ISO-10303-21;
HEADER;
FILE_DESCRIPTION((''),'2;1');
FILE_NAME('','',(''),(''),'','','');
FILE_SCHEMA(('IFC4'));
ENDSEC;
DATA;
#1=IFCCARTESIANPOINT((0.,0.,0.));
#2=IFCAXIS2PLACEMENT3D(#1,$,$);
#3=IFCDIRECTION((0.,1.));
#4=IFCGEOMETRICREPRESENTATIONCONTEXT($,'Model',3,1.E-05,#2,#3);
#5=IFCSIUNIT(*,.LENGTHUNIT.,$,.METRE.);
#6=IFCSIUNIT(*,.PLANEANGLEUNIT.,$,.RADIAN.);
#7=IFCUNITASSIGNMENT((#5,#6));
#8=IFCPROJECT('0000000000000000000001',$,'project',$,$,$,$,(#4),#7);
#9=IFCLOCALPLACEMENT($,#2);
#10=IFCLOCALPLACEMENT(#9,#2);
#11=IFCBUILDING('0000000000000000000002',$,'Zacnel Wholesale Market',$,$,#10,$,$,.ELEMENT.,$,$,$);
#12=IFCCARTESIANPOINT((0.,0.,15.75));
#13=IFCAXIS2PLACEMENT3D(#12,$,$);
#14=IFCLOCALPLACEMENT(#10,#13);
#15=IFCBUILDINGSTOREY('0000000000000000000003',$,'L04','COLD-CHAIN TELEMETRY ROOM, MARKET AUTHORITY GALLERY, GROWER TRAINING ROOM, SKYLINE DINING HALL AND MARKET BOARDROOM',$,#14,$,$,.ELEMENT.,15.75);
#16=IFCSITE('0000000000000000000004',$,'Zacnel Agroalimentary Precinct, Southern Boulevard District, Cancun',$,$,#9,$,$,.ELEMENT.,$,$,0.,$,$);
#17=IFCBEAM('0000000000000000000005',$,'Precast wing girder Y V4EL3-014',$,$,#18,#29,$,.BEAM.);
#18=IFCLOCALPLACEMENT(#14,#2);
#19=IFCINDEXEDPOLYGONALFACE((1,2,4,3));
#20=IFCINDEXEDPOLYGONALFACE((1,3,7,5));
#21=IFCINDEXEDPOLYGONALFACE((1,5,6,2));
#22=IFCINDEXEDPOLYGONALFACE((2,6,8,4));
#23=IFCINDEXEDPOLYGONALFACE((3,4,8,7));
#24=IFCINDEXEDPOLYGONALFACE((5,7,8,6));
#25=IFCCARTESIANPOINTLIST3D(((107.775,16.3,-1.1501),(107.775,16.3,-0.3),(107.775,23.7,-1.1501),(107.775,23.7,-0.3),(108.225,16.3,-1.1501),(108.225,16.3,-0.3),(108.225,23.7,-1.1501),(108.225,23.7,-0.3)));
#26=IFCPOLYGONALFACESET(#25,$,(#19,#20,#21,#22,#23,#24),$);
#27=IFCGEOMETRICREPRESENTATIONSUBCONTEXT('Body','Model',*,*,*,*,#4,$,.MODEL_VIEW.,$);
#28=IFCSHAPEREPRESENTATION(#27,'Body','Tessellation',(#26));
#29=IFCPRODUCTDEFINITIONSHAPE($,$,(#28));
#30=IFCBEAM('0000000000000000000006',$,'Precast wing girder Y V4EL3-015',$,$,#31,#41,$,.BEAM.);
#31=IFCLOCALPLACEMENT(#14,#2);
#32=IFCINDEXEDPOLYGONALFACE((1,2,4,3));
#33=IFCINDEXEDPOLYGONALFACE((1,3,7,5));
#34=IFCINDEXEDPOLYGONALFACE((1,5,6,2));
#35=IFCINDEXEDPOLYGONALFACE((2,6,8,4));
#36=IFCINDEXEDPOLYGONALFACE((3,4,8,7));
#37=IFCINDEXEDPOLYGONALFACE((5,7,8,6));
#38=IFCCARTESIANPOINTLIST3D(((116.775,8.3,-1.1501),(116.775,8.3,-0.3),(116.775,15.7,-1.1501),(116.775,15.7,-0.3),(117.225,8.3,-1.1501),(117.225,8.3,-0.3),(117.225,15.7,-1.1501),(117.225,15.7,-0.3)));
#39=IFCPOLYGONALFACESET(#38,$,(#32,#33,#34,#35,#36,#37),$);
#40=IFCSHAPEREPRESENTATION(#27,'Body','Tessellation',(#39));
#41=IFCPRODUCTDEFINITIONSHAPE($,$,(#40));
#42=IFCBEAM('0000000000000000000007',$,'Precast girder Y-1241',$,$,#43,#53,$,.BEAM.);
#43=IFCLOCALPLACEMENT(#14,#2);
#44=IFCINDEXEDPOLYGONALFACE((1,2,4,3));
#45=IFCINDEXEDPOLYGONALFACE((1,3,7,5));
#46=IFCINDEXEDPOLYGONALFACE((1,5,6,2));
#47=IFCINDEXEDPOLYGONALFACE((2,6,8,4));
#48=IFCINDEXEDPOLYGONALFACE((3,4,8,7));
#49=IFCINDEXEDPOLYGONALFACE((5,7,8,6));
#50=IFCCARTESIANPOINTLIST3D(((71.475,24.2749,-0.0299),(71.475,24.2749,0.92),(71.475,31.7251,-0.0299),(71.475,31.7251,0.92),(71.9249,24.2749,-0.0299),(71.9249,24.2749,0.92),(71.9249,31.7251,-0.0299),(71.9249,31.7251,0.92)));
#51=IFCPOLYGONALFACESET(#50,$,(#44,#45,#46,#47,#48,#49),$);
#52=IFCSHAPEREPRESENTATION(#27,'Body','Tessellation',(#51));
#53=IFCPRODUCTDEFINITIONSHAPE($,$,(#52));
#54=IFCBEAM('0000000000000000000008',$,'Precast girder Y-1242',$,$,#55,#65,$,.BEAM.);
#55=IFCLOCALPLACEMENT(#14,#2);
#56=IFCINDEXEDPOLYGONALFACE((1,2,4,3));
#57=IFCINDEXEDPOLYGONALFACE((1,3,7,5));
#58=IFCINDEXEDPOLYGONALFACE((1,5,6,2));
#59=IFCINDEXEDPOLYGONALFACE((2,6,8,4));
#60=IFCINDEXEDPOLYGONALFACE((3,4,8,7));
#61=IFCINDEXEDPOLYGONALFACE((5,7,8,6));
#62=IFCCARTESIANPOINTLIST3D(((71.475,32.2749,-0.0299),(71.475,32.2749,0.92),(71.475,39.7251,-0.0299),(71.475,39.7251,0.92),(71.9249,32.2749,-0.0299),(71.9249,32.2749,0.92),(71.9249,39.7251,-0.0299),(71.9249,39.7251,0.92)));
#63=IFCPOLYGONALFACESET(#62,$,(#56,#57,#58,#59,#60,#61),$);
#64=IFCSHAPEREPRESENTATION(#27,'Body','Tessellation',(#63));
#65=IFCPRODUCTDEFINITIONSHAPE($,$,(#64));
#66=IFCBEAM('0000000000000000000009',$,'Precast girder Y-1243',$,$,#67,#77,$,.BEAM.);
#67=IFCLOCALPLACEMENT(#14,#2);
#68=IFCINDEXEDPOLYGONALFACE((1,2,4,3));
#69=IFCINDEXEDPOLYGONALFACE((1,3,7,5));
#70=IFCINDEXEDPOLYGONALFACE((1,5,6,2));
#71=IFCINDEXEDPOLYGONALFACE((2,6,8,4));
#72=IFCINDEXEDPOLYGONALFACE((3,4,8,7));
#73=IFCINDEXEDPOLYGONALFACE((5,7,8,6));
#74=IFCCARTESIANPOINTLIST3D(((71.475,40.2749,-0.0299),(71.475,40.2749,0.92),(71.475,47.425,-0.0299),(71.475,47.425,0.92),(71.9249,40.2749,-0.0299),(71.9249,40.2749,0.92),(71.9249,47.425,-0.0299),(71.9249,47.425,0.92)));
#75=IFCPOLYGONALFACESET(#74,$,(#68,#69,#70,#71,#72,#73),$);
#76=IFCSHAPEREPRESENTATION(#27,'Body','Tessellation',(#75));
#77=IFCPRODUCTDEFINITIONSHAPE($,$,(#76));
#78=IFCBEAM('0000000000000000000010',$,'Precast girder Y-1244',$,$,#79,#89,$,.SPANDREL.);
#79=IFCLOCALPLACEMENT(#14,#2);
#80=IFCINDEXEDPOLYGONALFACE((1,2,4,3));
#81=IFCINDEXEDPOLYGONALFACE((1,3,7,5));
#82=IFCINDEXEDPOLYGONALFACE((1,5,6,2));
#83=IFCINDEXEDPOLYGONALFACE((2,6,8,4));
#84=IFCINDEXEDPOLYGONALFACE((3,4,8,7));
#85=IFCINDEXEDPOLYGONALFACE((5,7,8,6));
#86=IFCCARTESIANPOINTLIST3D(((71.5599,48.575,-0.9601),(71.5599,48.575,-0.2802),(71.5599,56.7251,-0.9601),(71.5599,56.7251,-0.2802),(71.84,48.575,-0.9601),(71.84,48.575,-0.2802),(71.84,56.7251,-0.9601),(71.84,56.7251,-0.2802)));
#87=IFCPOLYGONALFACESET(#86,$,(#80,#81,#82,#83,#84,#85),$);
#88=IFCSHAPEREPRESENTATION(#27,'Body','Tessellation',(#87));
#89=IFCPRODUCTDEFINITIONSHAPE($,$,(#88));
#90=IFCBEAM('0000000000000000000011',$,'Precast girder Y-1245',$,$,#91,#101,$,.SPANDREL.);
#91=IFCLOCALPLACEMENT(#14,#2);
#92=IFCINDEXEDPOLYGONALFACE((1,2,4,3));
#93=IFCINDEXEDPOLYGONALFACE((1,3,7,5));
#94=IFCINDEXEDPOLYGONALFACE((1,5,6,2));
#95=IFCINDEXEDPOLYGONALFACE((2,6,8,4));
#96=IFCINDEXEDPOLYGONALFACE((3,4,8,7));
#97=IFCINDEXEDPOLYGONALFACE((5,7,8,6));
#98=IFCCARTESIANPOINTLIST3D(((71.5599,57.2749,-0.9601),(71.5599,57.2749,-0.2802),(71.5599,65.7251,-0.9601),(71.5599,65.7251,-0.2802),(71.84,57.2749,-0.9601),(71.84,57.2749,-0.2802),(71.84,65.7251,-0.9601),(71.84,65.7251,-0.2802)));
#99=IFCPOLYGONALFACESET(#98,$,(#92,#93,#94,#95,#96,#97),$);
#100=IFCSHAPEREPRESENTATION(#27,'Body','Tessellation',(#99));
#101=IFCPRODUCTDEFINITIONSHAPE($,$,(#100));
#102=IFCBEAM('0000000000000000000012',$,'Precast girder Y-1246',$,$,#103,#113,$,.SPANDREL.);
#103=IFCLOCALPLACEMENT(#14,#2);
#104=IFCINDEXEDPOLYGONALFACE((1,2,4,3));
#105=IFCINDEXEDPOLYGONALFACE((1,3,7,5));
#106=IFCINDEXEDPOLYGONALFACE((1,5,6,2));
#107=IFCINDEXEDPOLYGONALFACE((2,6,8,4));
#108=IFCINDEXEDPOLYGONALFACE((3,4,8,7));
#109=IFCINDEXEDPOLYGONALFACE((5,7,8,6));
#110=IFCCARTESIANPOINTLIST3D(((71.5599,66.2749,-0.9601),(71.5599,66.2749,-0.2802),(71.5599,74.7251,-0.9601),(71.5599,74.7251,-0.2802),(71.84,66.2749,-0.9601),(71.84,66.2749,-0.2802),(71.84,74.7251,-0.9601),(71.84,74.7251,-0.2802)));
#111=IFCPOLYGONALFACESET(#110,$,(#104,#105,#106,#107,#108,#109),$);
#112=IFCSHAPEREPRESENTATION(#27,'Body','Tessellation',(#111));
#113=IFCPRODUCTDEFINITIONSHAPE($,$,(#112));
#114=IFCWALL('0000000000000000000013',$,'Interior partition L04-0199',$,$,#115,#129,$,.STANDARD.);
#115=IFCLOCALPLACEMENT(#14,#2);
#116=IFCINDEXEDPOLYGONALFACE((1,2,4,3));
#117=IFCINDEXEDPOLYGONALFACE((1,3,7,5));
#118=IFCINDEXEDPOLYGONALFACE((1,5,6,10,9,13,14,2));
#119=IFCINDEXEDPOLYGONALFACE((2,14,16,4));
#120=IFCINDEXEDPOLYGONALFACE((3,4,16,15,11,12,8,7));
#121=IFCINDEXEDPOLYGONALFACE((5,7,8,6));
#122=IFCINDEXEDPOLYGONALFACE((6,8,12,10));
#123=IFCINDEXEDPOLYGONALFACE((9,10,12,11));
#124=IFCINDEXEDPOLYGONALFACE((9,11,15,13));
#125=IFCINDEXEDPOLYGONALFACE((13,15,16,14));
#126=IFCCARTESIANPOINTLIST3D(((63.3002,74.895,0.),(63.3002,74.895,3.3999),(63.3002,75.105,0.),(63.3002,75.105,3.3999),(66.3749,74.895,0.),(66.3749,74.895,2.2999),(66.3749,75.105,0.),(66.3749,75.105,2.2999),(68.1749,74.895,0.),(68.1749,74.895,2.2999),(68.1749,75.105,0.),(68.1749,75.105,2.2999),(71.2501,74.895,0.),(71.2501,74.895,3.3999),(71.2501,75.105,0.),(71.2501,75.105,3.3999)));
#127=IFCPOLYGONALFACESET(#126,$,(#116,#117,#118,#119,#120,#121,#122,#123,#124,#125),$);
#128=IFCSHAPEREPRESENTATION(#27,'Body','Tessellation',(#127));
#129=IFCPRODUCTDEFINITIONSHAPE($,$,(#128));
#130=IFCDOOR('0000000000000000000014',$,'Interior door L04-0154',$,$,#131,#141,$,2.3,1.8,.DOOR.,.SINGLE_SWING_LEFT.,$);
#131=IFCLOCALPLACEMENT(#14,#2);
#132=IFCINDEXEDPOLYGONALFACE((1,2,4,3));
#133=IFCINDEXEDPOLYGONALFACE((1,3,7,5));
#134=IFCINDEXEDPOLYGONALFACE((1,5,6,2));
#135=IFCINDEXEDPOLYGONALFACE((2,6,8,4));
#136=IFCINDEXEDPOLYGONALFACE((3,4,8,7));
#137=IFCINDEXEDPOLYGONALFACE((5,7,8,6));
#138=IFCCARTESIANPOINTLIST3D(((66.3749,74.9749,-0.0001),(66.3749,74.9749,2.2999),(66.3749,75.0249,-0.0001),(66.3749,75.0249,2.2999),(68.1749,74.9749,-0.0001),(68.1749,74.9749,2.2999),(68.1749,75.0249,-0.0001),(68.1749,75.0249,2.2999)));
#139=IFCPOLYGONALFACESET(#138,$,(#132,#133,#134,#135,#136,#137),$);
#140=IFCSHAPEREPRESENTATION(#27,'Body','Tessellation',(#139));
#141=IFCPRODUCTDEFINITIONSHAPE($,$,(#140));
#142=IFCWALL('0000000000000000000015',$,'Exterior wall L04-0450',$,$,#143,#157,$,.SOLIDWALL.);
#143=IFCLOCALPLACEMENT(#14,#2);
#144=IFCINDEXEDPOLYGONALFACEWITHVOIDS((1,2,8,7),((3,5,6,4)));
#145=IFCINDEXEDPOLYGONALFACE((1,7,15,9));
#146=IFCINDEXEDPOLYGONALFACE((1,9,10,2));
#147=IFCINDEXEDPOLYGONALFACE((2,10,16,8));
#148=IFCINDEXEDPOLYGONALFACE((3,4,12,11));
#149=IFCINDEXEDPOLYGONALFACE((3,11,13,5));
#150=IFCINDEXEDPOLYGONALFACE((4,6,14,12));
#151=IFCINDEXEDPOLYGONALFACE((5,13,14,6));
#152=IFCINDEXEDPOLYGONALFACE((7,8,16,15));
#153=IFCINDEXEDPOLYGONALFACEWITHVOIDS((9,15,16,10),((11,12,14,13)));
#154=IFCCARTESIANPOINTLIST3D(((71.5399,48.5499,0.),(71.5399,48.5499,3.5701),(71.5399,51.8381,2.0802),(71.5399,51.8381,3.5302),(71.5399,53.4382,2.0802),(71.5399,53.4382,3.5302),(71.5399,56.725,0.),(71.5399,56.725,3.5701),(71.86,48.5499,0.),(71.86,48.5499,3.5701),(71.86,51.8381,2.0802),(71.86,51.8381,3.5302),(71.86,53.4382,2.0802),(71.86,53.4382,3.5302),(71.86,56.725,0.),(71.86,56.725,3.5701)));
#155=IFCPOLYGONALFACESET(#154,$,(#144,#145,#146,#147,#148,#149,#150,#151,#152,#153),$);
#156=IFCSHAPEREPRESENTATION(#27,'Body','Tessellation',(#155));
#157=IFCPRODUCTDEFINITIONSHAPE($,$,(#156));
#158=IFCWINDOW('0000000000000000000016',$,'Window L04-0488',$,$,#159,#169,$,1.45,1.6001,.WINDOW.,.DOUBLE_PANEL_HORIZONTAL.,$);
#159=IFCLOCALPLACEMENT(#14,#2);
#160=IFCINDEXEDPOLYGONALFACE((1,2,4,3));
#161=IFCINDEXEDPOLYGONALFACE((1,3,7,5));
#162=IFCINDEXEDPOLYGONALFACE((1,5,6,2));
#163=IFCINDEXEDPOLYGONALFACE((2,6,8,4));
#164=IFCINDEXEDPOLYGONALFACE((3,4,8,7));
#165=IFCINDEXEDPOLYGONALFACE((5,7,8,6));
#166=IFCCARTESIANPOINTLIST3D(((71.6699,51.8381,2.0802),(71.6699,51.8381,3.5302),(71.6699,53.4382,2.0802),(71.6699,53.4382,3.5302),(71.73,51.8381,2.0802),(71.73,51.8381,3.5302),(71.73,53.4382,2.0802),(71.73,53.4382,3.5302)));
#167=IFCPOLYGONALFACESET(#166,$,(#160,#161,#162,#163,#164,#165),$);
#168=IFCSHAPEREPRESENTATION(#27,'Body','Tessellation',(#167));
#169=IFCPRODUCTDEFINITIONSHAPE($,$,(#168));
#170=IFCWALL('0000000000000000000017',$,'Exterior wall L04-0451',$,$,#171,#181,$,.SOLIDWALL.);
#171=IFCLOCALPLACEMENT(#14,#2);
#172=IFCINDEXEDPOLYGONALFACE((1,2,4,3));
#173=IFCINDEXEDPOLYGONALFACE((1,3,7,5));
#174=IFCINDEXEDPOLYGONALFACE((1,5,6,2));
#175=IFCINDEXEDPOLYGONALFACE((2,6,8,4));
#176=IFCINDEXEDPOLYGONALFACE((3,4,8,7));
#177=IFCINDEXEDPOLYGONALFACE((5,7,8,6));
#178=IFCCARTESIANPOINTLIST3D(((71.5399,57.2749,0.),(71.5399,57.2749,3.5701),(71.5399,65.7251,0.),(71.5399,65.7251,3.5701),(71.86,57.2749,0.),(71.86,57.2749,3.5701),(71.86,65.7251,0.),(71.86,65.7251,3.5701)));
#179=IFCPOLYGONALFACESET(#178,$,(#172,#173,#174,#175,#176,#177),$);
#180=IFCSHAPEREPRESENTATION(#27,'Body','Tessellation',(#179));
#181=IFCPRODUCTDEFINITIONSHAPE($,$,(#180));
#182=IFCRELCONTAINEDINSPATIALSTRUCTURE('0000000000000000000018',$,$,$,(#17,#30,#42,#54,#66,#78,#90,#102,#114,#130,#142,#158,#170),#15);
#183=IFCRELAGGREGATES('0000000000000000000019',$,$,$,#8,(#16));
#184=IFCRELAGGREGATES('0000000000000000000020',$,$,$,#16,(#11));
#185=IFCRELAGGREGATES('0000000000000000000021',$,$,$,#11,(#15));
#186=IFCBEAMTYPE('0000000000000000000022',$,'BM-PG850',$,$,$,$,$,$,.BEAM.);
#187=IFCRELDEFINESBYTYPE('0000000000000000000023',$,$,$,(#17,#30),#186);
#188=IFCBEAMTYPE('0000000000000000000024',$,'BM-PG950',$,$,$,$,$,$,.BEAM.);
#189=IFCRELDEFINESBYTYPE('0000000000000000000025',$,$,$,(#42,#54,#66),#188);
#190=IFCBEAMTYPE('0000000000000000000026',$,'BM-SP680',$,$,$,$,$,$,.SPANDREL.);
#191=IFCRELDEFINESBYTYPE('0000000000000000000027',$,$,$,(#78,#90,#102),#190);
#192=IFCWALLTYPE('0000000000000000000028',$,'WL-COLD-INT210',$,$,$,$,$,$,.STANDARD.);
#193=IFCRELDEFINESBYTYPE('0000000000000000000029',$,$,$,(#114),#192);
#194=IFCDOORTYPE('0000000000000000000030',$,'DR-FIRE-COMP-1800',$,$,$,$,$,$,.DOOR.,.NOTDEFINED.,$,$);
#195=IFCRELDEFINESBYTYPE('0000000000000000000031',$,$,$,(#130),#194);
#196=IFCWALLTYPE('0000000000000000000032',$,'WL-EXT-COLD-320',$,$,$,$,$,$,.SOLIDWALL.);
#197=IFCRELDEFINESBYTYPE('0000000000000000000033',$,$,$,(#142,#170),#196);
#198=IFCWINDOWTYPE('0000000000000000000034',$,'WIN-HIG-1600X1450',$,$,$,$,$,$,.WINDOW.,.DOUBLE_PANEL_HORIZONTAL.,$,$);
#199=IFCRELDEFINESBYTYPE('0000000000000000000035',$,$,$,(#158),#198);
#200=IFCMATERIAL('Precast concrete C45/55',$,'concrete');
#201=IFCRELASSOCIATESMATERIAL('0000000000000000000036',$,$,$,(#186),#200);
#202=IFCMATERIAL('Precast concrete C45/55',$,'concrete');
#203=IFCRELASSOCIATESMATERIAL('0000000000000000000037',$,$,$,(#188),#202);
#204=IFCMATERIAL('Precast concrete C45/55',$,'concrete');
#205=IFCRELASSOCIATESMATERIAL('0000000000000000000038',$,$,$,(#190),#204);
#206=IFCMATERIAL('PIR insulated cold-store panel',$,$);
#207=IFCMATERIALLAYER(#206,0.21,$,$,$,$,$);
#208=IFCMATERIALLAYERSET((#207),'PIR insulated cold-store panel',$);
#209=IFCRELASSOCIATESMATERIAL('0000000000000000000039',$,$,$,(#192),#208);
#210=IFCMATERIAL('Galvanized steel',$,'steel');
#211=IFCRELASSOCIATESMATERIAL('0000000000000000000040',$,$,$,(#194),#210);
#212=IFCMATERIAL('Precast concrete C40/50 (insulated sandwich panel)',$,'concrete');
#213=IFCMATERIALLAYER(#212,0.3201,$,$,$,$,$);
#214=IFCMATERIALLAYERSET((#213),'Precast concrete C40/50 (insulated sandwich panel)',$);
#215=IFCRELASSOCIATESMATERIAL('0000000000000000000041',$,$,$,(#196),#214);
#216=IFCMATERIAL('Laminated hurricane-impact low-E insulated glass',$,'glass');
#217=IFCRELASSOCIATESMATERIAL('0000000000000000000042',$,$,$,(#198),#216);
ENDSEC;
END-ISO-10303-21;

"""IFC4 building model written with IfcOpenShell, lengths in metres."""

from ifc_helpers import new_model, si_unit, direction, frame, frame_2d, origin, origin_2d, place, context, subcontext, project, spatial, rectangle, extrude, material, layer, layer_set, material_profile, profile_set, type_object, element, fill, save


model = new_model("IFC4")

# Units and contexts
model_context = context("Model", 3, precision=1e-05, world=origin(), true_north=direction((0.0, 1.0)))
body_context = subcontext(model_context, "Body", "Model", "MODEL_VIEW")
ifc_project = project(units=[si_unit("LENGTHUNIT", "METRE"), si_unit("PLANEANGLEUNIT", "RADIAN")], contexts=[model_context])

# Site, building, storey
site_placement = place(None, origin())
site = spatial("IfcSite", under=ifc_project, at=site_placement, Name="Zacnel Agroalimentary Precinct, Southern Boulevard District, Cancun", CompositionType="ELEMENT", RefElevation=0.0)
building_placement = place(site_placement, origin())
building = spatial("IfcBuilding", under=site, at=building_placement, Name="Zacnel Wholesale Market", CompositionType="ELEMENT")
storey_placement = place(building_placement, frame((0.0, 0.0, 15.75)))
storey = spatial("IfcBuildingStorey", under=building, at=storey_placement, Name="L04", Description="COLD-CHAIN TELEMETRY ROOM, MARKET AUTHORITY GALLERY, GROWER TRAINING ROOM, SKYLINE DINING HALL AND MARKET BOARDROOM", CompositionType="ELEMENT", Elevation=15.75)

# Beams
ifc_material_1 = material(Name="Precast concrete C45/55", Category="concrete")
ifc_material_profile_1 = material_profile(ifc_material_1, rectangle(XDim=0.45, YDim=0.8501, at=origin_2d()), Name="PG 450x850")
ifc_profile_set_1 = profile_set([ifc_material_profile_1], Name="Precast concrete C45/55")
beam_type_1 = type_object("IfcBeamType", Name="BM-PG850", PredefinedType="BEAM", material=ifc_profile_set_1)
for number, where, z_axis, x_axis, name in (
    (1, (108.0, 16.3, -0.7251), (0.0, 1.0, 0.0), (-1.0, 0.0, 0.0), "Precast wing girder Y V4EL3-014"),
    (2, (117.0, 8.3, -0.7251), (0.0, 1.0, 0.0), (-1.0, 0.0, 0.0), "Precast wing girder Y V4EL3-015"),
):
    element("IfcBeam", number, at=place(storey_placement, frame(where, z_axis=z_axis, x_axis=x_axis)), inside=storey, type_object=beam_type_1, Name=name, PredefinedType="BEAM", context=body_context, shape_type="SweptSolid", body=[
        extrude(rectangle(XDim=0.45, YDim=0.8501, at=origin_2d()), origin(), (0.0, 0.0, 1.0), 7.3999),
    ])
ifc_material_2 = material(Name="Precast concrete C45/55", Category="concrete")
ifc_material_profile_2 = material_profile(ifc_material_2, rectangle(XDim=0.45, YDim=0.95, at=origin_2d()), Name="PG 450x950")
ifc_profile_set_2 = profile_set([ifc_material_profile_2], Name="Precast concrete C45/55")
beam_type_2 = type_object("IfcBeamType", Name="BM-PG950", PredefinedType="BEAM", material=ifc_profile_set_2)
for number, where, z_axis, x_axis, name in (
    (3, (71.7, 24.2749, 0.4451), (0.0, 1.0, 0.0), (-1.0, 0.0, 0.0), "Precast girder Y-1241"),
    (4, (71.7, 32.2749, 0.4451), (0.0, 1.0, 0.0), (-1.0, 0.0, 0.0), "Precast girder Y-1242"),
):
    element("IfcBeam", number, at=place(storey_placement, frame(where, z_axis=z_axis, x_axis=x_axis)), inside=storey, type_object=beam_type_2, Name=name, PredefinedType="BEAM", context=body_context, shape_type="SweptSolid", body=[
        extrude(rectangle(XDim=0.45, YDim=0.95, at=origin_2d()), origin(), (0.0, 0.0, 1.0), 7.4502),
    ])
beam_1_placement = place(storey_placement, frame((71.7, 40.2749, 0.4451), z_axis=(0.0, 1.0, 0.0), x_axis=(-1.0, 0.0, 0.0)))
element("IfcBeam", 5, at=beam_1_placement, inside=storey, type_object=beam_type_2, Name="Precast girder Y-1243", PredefinedType="BEAM", context=body_context, shape_type="SweptSolid", body=[
    extrude(rectangle(XDim=0.45, YDim=0.95, at=origin_2d()), origin(), (0.0, 0.0, 1.0), 7.1501),
])
ifc_material_3 = material(Name="Precast concrete C45/55", Category="concrete")
ifc_material_profile_3 = material_profile(ifc_material_3, rectangle(XDim=0.28, YDim=0.6799, at=origin_2d()), Name="SP 280x680")
ifc_profile_set_3 = profile_set([ifc_material_profile_3], Name="Precast concrete C45/55")
beam_type_3 = type_object("IfcBeamType", Name="BM-SP680", PredefinedType="SPANDREL", material=ifc_profile_set_3)
beam_2_placement = place(storey_placement, frame((71.7, 48.575, -0.6201), z_axis=(0.0, 1.0, 0.0), x_axis=(-1.0, 0.0, 0.0)))
element("IfcBeam", 6, at=beam_2_placement, inside=storey, type_object=beam_type_3, Name="Precast girder Y-1244", PredefinedType="SPANDREL", context=body_context, shape_type="SweptSolid", body=[
    extrude(rectangle(XDim=0.28, YDim=0.6799, at=origin_2d()), origin(), (0.0, 0.0, 1.0), 8.1501),
])
for number, where, z_axis, x_axis, name in (
    (7, (71.7, 57.2749, -0.6201), (0.0, 1.0, 0.0), (-1.0, 0.0, 0.0), "Precast girder Y-1245"),
    (8, (71.7, 66.2749, -0.6201), (0.0, 1.0, 0.0), (-1.0, 0.0, 0.0), "Precast girder Y-1246"),
):
    element("IfcBeam", number, at=place(storey_placement, frame(where, z_axis=z_axis, x_axis=x_axis)), inside=storey, type_object=beam_type_3, Name=name, PredefinedType="SPANDREL", context=body_context, shape_type="SweptSolid", body=[
        extrude(rectangle(XDim=0.28, YDim=0.6799, at=origin_2d()), origin(), (0.0, 0.0, 1.0), 8.4502),
    ])

# Wall, opening, door
ifc_material_4 = material(Name="PIR insulated cold-store panel")
ifc_layer_1 = layer(ifc_material_4, 0.21)
ifc_layer_set_1 = layer_set([ifc_layer_1], Name="PIR insulated cold-store panel")
wall_type_1 = type_object("IfcWallType", Name="WL-COLD-INT210", PredefinedType="STANDARD", material=ifc_layer_set_1)
wall_1_placement = place(storey_placement, frame((63.3, 75.0, 0.0), z_axis=(0.0, 0.0, 1.0), x_axis=(1.0, 0.0, 0.0)))
wall_1 = element("IfcWall", 9, at=wall_1_placement, inside=storey, type_object=wall_type_1, Name="Interior partition L04-0199", PredefinedType="STANDARD", context=body_context, shape_type="SweptSolid", body=[
    extrude(rectangle(XDim=7.95, YDim=0.21, at=frame_2d((3.9751, 0.0))), origin(), (0.0, 0.0, 1.0), 3.3999),
])
opening_1_placement = place(wall_1_placement, frame((3.075, 0.0, 0.0)))
opening_1 = element("IfcOpeningElement", 10, at=opening_1_placement, cuts=wall_1, PredefinedType="OPENING", context=body_context, shape_type="SweptSolid", body=[
    extrude(rectangle(XDim=1.8, YDim=2.3, at=frame_2d((0.8999, 1.1499))), frame((0.0, 0.115, 0.0), z_axis=(0.0, -1.0, 0.0), x_axis=(1.0, 0.0, 0.0)), (0.0, 0.0, 1.0), 0.23),
])
ifc_material_5 = material(Name="Galvanized steel", Category="steel")
door_type = type_object("IfcDoorType", Name="DR-FIRE-COMP-1800", OperationType="NOTDEFINED", PredefinedType="DOOR", material=ifc_material_5)
door_placement = place(opening_1_placement, origin())
door = element("IfcDoor", 11, at=door_placement, inside=storey, type_object=door_type, Name="Interior door L04-0154", OperationType="SINGLE_SWING_LEFT", OverallHeight=2.3, OverallWidth=1.8, PredefinedType="DOOR", context=body_context, shape_type="SweptSolid", body=[
    extrude(rectangle(XDim=1.8, YDim=2.3, at=frame_2d((0.8999, 1.1499))), frame((0.0, 0.0249, 0.0), z_axis=(0.0, -1.0, 0.0), x_axis=(1.0, 0.0, 0.0)), (0.0, 0.0, 1.0), 0.05),
])
fill(opening_1, door)

# Wall, opening, window
ifc_material_6 = material(Name="Precast concrete C40/50 (insulated sandwich panel)", Category="concrete")
ifc_layer_2 = layer(ifc_material_6, 0.3201)
ifc_layer_set_2 = layer_set([ifc_layer_2], Name="Precast concrete C40/50 (insulated sandwich panel)")
wall_type_2 = type_object("IfcWallType", Name="WL-EXT-COLD-320", PredefinedType="SOLIDWALL", material=ifc_layer_set_2)
wall_2_placement = place(storey_placement, frame((71.7, 48.55, 0.0), z_axis=(0.0, 0.0, 1.0), x_axis=(0.0, 1.0, 0.0)))
wall_2 = element("IfcWall", 12, at=wall_2_placement, inside=storey, type_object=wall_type_2, Name="Exterior wall L04-0450", PredefinedType="SOLIDWALL", context=body_context, shape_type="SweptSolid", body=[
    extrude(rectangle(XDim=8.175, YDim=0.3201, at=frame_2d((4.0874, 0.0))), origin(), (0.0, 0.0, 1.0), 3.5701),
])
opening_2_placement = place(wall_2_placement, frame((3.2881, 0.0, 2.0801)))
opening_2 = element("IfcOpeningElement", 13, at=opening_2_placement, cuts=wall_2, PredefinedType="OPENING", context=body_context, shape_type="SweptSolid", body=[
    extrude(rectangle(XDim=1.6001, YDim=1.45, at=frame_2d((0.8, 0.7251))), frame((0.0, 0.1699, 0.0), z_axis=(0.0, -1.0, 0.0), x_axis=(1.0, 0.0, 0.0)), (0.0, 0.0, 1.0), 0.3401),
])
ifc_material_7 = material(Name="Laminated hurricane-impact low-E insulated glass", Category="glass")
window_type = type_object("IfcWindowType", Name="WIN-HIG-1600X1450", PartitioningType="DOUBLE_PANEL_HORIZONTAL", PredefinedType="WINDOW", material=ifc_material_7)
window_1_placement = place(opening_2_placement, origin())
window_1 = element("IfcWindow", 14, at=window_1_placement, inside=storey, type_object=window_type, Name="Window L04-0488", OverallHeight=1.45, OverallWidth=1.6001, PartitioningType="DOUBLE_PANEL_HORIZONTAL", PredefinedType="WINDOW", context=body_context, shape_type="SweptSolid", body=[
    extrude(rectangle(XDim=1.6001, YDim=1.45, at=frame_2d((0.8, 0.7251))), frame((0.0, 0.03, 0.0), z_axis=(0.0, -1.0, 0.0), x_axis=(1.0, 0.0, 0.0)), (0.0, 0.0, 1.0), 0.0601),
])
fill(opening_2, window_1)

# Wall
wall_3_placement = place(storey_placement, frame((71.7, 57.2749, 0.0), z_axis=(0.0, 0.0, 1.0), x_axis=(0.0, 1.0, 0.0)))
element("IfcWall", 15, at=wall_3_placement, inside=storey, type_object=wall_type_2, Name="Exterior wall L04-0451", PredefinedType="SOLIDWALL", context=body_context, shape_type="SweptSolid", body=[
    extrude(rectangle(XDim=8.4502, YDim=0.3201, at=frame_2d((4.2251, 0.0))), origin(), (0.0, 0.0, 1.0), 3.5701),
])

save(model, "model.ifc")
